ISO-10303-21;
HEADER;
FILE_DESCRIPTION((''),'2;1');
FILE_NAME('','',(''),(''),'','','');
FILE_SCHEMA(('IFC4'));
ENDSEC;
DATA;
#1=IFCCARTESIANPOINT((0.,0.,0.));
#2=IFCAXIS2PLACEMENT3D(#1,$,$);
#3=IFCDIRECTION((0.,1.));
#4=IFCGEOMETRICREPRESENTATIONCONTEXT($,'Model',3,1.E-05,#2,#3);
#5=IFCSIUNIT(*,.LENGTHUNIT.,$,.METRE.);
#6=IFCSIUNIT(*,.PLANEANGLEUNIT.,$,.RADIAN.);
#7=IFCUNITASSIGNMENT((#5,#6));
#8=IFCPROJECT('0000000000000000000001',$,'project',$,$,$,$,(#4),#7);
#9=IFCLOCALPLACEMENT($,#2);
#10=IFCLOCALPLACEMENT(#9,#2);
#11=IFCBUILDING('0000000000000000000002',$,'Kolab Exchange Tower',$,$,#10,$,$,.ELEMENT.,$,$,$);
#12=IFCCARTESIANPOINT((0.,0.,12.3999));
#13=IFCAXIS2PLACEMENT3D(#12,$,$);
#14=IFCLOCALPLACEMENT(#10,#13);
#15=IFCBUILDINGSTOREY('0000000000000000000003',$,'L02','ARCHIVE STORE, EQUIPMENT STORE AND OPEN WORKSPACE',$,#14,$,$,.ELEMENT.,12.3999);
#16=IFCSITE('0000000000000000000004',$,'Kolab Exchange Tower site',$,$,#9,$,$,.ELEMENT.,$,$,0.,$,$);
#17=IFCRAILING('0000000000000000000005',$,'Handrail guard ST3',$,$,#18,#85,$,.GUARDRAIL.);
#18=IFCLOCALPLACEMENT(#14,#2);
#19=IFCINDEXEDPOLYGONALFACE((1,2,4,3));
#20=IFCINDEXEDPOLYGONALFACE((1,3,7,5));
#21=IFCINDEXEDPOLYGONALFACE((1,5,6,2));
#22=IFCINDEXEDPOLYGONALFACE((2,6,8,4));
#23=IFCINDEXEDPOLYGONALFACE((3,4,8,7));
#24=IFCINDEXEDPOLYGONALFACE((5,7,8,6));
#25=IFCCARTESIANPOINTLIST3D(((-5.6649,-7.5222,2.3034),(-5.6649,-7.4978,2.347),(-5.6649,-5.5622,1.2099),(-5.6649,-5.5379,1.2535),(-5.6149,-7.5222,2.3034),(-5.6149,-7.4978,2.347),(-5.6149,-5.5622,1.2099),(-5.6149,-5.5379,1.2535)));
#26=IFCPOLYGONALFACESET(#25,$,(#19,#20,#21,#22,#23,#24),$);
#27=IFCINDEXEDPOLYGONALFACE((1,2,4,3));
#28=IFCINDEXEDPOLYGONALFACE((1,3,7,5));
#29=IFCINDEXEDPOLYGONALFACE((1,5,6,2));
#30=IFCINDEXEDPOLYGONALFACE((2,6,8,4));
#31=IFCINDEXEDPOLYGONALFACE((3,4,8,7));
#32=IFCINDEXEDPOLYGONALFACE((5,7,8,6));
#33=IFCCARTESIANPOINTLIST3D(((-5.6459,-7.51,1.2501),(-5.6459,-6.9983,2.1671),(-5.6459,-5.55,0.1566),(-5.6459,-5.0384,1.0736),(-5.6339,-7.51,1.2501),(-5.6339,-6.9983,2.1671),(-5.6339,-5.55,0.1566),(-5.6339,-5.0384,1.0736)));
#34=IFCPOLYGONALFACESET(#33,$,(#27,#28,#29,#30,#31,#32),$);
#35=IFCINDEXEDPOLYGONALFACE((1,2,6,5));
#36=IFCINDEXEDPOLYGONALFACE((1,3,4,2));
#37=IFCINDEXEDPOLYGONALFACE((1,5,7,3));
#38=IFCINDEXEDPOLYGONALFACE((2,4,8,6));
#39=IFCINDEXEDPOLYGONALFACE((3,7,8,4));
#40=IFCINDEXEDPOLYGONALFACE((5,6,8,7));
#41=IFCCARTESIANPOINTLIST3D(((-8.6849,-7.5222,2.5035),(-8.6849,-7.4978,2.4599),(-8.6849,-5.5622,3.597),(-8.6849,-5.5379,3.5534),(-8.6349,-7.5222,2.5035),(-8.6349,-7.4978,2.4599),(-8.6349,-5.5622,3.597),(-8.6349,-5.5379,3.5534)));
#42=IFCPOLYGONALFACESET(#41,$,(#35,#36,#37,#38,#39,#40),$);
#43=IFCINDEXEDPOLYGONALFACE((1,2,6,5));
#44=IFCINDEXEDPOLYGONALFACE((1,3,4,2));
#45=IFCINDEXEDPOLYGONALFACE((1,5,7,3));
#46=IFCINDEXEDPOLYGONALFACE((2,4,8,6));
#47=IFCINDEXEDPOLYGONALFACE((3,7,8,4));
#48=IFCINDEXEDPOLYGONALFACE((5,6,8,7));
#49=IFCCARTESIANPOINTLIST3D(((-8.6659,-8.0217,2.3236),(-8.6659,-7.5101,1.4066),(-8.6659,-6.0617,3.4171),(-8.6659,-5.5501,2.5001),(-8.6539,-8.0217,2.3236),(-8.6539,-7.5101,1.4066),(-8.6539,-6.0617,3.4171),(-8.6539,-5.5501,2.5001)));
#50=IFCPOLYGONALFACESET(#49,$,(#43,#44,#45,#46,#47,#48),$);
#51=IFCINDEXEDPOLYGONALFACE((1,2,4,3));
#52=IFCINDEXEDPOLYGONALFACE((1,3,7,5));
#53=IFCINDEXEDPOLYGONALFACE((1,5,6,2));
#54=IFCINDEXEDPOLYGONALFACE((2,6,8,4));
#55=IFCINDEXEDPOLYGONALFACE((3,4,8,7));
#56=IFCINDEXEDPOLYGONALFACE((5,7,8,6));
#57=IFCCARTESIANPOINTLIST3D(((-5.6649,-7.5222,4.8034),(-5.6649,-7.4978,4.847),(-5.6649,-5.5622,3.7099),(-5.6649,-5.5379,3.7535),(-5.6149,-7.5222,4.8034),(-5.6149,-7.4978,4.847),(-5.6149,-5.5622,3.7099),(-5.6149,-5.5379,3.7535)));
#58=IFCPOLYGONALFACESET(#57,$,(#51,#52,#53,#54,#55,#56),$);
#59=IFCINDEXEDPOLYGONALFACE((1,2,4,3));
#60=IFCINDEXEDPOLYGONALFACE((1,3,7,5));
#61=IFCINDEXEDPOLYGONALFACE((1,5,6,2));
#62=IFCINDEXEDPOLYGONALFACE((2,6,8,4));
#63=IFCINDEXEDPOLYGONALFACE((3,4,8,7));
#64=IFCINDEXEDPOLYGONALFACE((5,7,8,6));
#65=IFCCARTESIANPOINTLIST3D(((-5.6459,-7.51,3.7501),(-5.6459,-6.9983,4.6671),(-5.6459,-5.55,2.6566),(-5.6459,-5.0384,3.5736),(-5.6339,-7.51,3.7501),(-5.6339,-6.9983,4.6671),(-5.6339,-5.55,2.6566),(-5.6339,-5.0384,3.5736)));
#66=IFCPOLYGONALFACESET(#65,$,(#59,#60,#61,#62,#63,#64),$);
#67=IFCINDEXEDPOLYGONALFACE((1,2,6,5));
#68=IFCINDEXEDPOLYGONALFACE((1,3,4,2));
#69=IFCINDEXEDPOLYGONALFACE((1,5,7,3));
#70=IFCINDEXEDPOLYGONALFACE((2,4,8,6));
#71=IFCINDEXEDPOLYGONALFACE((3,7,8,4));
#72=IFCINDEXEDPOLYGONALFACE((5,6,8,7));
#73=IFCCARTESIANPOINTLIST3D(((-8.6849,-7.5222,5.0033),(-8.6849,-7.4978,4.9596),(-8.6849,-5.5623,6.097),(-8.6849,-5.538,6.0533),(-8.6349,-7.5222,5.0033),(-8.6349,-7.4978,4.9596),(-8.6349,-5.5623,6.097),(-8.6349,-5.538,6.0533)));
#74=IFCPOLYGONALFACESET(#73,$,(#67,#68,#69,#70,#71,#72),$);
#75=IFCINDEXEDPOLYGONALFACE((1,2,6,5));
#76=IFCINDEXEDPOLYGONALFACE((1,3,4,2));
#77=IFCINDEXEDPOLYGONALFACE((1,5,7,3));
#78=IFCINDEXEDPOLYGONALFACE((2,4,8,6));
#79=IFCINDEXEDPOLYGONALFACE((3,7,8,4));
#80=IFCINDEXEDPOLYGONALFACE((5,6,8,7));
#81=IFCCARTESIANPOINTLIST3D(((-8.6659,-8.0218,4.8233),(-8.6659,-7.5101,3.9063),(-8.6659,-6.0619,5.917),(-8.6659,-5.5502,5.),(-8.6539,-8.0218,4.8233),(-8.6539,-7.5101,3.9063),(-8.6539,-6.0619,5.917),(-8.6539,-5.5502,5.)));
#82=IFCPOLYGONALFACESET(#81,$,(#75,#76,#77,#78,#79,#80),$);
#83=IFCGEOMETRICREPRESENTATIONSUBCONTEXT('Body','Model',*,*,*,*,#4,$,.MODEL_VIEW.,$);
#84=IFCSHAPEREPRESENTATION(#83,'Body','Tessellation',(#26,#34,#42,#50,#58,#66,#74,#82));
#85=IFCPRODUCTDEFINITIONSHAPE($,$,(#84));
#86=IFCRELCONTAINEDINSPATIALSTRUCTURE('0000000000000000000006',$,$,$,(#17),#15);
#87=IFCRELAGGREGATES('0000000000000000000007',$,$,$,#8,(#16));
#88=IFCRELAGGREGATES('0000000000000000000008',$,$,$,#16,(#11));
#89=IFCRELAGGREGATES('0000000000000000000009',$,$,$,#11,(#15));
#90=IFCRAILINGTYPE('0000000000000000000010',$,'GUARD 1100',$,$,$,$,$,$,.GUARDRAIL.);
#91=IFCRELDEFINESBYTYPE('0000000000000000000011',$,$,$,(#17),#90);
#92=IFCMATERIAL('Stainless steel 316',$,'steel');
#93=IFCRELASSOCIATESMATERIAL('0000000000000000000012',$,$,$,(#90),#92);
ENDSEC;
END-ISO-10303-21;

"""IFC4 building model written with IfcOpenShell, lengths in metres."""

from ifc_helpers import new_model, si_unit, direction, frame, frame_2d, origin, origin_2d, place, context, subcontext, project, spatial, rectangle, extrude, material, type_object, element, save


model = new_model("IFC4")

# Units and contexts
model_context = context("Model", 3, precision=1e-05, world=origin(), true_north=direction((0.0, 1.0)))
body_context = subcontext(model_context, "Body", "Model", "MODEL_VIEW")
ifc_project = project(units=[si_unit("LENGTHUNIT", "METRE"), si_unit("PLANEANGLEUNIT", "RADIAN")], contexts=[model_context])

# Site, building, storey
site_placement = place(None, origin())
site = spatial("IfcSite", under=ifc_project, at=site_placement, Name="Kolab Exchange Tower site", CompositionType="ELEMENT", RefElevation=0.0)
building_placement = place(site_placement, origin())
building = spatial("IfcBuilding", under=site, at=building_placement, Name="Kolab Exchange Tower", CompositionType="ELEMENT")
storey_placement = place(building_placement, frame((0.0, 0.0, 12.3999)))
storey = spatial("IfcBuildingStorey", under=building, at=storey_placement, Name="L02", Description="ARCHIVE STORE, EQUIPMENT STORE AND OPEN WORKSPACE", CompositionType="ELEMENT", Elevation=12.3999)

# Shared definitions
ifc_material_1 = material(Name="Stainless steel 316", Category="steel")

# Railing
railing_type = type_object("IfcRailingType", Name="GUARD 1100", PredefinedType="GUARDRAIL", material=ifc_material_1)
railing_placement = place(storey_placement, frame((-5.6399, -5.55, 0.1565)))
element("IfcRailing", 1, at=railing_placement, inside=storey, type_object=railing_type, Name="Handrail guard ST3", PredefinedType="GUARDRAIL", context=body_context, shape_type="SweptSolid", body=[
    extrude(rectangle(XDim=0.05, YDim=0.05, at=origin_2d()), frame((0.0, 0.0, 1.0752), z_axis=(0.0, -0.873278, 0.487221), x_axis=(1.0, 0.0, 0.0)), (0.0, 0.0, 1.0), 2.2444),
    extrude(rectangle(XDim=0.012, YDim=1.0501, at=frame_2d((0.0, 0.5251))), frame((0.0, 0.0, 0.0), z_axis=(0.0, -0.873278, 0.487221), x_axis=(1.0, 0.0, 0.0)), (0.0, 0.0, 1.0), 2.2444),
    extrude(rectangle(XDim=0.05, YDim=0.05, at=origin_2d()), frame((-3.02, -1.96, 2.3252), z_axis=(0.0, 0.873278, 0.487221), x_axis=(-1.0, 0.0, 0.0)), (0.0, 0.0, 1.0), 2.2444),
    extrude(rectangle(XDim=0.012, YDim=1.0501, at=frame_2d((0.0, 0.5251))), frame((-3.02, -1.96, 1.25), z_axis=(0.0, 0.873278, 0.487221), x_axis=(-1.0, 0.0, 0.0)), (0.0, 0.0, 1.0), 2.2444),
    extrude(rectangle(XDim=0.05, YDim=0.05, at=origin_2d()), frame((0.0, 0.0, 3.5752), z_axis=(0.0, -0.873278, 0.487221), x_axis=(1.0, 0.0, 0.0)), (0.0, 0.0, 1.0), 2.2444),
    extrude(rectangle(XDim=0.012, YDim=1.0501, at=frame_2d((0.0, 0.5251))), frame((0.0, 0.0, 2.5), z_axis=(0.0, -0.873278, 0.487221), x_axis=(1.0, 0.0, 0.0)), (0.0, 0.0, 1.0), 2.2444),
    extrude(rectangle(XDim=0.05, YDim=0.05, at=origin_2d()), frame((-3.02, -1.96, 4.825), z_axis=(0.0, 0.873232, 0.487304), x_axis=(-1.0, 0.0, 0.0)), (0.0, 0.0, 1.0), 2.2444),
    extrude(rectangle(XDim=0.012, YDim=1.0501, at=frame_2d((0.0, 0.5251))), frame((-3.02, -1.96, 3.7498), z_axis=(0.0, 0.873232, 0.487304), x_axis=(-1.0, 0.0, 0.0)), (0.0, 0.0, 1.0), 2.2444),
])

save(model, "model.ifc")
